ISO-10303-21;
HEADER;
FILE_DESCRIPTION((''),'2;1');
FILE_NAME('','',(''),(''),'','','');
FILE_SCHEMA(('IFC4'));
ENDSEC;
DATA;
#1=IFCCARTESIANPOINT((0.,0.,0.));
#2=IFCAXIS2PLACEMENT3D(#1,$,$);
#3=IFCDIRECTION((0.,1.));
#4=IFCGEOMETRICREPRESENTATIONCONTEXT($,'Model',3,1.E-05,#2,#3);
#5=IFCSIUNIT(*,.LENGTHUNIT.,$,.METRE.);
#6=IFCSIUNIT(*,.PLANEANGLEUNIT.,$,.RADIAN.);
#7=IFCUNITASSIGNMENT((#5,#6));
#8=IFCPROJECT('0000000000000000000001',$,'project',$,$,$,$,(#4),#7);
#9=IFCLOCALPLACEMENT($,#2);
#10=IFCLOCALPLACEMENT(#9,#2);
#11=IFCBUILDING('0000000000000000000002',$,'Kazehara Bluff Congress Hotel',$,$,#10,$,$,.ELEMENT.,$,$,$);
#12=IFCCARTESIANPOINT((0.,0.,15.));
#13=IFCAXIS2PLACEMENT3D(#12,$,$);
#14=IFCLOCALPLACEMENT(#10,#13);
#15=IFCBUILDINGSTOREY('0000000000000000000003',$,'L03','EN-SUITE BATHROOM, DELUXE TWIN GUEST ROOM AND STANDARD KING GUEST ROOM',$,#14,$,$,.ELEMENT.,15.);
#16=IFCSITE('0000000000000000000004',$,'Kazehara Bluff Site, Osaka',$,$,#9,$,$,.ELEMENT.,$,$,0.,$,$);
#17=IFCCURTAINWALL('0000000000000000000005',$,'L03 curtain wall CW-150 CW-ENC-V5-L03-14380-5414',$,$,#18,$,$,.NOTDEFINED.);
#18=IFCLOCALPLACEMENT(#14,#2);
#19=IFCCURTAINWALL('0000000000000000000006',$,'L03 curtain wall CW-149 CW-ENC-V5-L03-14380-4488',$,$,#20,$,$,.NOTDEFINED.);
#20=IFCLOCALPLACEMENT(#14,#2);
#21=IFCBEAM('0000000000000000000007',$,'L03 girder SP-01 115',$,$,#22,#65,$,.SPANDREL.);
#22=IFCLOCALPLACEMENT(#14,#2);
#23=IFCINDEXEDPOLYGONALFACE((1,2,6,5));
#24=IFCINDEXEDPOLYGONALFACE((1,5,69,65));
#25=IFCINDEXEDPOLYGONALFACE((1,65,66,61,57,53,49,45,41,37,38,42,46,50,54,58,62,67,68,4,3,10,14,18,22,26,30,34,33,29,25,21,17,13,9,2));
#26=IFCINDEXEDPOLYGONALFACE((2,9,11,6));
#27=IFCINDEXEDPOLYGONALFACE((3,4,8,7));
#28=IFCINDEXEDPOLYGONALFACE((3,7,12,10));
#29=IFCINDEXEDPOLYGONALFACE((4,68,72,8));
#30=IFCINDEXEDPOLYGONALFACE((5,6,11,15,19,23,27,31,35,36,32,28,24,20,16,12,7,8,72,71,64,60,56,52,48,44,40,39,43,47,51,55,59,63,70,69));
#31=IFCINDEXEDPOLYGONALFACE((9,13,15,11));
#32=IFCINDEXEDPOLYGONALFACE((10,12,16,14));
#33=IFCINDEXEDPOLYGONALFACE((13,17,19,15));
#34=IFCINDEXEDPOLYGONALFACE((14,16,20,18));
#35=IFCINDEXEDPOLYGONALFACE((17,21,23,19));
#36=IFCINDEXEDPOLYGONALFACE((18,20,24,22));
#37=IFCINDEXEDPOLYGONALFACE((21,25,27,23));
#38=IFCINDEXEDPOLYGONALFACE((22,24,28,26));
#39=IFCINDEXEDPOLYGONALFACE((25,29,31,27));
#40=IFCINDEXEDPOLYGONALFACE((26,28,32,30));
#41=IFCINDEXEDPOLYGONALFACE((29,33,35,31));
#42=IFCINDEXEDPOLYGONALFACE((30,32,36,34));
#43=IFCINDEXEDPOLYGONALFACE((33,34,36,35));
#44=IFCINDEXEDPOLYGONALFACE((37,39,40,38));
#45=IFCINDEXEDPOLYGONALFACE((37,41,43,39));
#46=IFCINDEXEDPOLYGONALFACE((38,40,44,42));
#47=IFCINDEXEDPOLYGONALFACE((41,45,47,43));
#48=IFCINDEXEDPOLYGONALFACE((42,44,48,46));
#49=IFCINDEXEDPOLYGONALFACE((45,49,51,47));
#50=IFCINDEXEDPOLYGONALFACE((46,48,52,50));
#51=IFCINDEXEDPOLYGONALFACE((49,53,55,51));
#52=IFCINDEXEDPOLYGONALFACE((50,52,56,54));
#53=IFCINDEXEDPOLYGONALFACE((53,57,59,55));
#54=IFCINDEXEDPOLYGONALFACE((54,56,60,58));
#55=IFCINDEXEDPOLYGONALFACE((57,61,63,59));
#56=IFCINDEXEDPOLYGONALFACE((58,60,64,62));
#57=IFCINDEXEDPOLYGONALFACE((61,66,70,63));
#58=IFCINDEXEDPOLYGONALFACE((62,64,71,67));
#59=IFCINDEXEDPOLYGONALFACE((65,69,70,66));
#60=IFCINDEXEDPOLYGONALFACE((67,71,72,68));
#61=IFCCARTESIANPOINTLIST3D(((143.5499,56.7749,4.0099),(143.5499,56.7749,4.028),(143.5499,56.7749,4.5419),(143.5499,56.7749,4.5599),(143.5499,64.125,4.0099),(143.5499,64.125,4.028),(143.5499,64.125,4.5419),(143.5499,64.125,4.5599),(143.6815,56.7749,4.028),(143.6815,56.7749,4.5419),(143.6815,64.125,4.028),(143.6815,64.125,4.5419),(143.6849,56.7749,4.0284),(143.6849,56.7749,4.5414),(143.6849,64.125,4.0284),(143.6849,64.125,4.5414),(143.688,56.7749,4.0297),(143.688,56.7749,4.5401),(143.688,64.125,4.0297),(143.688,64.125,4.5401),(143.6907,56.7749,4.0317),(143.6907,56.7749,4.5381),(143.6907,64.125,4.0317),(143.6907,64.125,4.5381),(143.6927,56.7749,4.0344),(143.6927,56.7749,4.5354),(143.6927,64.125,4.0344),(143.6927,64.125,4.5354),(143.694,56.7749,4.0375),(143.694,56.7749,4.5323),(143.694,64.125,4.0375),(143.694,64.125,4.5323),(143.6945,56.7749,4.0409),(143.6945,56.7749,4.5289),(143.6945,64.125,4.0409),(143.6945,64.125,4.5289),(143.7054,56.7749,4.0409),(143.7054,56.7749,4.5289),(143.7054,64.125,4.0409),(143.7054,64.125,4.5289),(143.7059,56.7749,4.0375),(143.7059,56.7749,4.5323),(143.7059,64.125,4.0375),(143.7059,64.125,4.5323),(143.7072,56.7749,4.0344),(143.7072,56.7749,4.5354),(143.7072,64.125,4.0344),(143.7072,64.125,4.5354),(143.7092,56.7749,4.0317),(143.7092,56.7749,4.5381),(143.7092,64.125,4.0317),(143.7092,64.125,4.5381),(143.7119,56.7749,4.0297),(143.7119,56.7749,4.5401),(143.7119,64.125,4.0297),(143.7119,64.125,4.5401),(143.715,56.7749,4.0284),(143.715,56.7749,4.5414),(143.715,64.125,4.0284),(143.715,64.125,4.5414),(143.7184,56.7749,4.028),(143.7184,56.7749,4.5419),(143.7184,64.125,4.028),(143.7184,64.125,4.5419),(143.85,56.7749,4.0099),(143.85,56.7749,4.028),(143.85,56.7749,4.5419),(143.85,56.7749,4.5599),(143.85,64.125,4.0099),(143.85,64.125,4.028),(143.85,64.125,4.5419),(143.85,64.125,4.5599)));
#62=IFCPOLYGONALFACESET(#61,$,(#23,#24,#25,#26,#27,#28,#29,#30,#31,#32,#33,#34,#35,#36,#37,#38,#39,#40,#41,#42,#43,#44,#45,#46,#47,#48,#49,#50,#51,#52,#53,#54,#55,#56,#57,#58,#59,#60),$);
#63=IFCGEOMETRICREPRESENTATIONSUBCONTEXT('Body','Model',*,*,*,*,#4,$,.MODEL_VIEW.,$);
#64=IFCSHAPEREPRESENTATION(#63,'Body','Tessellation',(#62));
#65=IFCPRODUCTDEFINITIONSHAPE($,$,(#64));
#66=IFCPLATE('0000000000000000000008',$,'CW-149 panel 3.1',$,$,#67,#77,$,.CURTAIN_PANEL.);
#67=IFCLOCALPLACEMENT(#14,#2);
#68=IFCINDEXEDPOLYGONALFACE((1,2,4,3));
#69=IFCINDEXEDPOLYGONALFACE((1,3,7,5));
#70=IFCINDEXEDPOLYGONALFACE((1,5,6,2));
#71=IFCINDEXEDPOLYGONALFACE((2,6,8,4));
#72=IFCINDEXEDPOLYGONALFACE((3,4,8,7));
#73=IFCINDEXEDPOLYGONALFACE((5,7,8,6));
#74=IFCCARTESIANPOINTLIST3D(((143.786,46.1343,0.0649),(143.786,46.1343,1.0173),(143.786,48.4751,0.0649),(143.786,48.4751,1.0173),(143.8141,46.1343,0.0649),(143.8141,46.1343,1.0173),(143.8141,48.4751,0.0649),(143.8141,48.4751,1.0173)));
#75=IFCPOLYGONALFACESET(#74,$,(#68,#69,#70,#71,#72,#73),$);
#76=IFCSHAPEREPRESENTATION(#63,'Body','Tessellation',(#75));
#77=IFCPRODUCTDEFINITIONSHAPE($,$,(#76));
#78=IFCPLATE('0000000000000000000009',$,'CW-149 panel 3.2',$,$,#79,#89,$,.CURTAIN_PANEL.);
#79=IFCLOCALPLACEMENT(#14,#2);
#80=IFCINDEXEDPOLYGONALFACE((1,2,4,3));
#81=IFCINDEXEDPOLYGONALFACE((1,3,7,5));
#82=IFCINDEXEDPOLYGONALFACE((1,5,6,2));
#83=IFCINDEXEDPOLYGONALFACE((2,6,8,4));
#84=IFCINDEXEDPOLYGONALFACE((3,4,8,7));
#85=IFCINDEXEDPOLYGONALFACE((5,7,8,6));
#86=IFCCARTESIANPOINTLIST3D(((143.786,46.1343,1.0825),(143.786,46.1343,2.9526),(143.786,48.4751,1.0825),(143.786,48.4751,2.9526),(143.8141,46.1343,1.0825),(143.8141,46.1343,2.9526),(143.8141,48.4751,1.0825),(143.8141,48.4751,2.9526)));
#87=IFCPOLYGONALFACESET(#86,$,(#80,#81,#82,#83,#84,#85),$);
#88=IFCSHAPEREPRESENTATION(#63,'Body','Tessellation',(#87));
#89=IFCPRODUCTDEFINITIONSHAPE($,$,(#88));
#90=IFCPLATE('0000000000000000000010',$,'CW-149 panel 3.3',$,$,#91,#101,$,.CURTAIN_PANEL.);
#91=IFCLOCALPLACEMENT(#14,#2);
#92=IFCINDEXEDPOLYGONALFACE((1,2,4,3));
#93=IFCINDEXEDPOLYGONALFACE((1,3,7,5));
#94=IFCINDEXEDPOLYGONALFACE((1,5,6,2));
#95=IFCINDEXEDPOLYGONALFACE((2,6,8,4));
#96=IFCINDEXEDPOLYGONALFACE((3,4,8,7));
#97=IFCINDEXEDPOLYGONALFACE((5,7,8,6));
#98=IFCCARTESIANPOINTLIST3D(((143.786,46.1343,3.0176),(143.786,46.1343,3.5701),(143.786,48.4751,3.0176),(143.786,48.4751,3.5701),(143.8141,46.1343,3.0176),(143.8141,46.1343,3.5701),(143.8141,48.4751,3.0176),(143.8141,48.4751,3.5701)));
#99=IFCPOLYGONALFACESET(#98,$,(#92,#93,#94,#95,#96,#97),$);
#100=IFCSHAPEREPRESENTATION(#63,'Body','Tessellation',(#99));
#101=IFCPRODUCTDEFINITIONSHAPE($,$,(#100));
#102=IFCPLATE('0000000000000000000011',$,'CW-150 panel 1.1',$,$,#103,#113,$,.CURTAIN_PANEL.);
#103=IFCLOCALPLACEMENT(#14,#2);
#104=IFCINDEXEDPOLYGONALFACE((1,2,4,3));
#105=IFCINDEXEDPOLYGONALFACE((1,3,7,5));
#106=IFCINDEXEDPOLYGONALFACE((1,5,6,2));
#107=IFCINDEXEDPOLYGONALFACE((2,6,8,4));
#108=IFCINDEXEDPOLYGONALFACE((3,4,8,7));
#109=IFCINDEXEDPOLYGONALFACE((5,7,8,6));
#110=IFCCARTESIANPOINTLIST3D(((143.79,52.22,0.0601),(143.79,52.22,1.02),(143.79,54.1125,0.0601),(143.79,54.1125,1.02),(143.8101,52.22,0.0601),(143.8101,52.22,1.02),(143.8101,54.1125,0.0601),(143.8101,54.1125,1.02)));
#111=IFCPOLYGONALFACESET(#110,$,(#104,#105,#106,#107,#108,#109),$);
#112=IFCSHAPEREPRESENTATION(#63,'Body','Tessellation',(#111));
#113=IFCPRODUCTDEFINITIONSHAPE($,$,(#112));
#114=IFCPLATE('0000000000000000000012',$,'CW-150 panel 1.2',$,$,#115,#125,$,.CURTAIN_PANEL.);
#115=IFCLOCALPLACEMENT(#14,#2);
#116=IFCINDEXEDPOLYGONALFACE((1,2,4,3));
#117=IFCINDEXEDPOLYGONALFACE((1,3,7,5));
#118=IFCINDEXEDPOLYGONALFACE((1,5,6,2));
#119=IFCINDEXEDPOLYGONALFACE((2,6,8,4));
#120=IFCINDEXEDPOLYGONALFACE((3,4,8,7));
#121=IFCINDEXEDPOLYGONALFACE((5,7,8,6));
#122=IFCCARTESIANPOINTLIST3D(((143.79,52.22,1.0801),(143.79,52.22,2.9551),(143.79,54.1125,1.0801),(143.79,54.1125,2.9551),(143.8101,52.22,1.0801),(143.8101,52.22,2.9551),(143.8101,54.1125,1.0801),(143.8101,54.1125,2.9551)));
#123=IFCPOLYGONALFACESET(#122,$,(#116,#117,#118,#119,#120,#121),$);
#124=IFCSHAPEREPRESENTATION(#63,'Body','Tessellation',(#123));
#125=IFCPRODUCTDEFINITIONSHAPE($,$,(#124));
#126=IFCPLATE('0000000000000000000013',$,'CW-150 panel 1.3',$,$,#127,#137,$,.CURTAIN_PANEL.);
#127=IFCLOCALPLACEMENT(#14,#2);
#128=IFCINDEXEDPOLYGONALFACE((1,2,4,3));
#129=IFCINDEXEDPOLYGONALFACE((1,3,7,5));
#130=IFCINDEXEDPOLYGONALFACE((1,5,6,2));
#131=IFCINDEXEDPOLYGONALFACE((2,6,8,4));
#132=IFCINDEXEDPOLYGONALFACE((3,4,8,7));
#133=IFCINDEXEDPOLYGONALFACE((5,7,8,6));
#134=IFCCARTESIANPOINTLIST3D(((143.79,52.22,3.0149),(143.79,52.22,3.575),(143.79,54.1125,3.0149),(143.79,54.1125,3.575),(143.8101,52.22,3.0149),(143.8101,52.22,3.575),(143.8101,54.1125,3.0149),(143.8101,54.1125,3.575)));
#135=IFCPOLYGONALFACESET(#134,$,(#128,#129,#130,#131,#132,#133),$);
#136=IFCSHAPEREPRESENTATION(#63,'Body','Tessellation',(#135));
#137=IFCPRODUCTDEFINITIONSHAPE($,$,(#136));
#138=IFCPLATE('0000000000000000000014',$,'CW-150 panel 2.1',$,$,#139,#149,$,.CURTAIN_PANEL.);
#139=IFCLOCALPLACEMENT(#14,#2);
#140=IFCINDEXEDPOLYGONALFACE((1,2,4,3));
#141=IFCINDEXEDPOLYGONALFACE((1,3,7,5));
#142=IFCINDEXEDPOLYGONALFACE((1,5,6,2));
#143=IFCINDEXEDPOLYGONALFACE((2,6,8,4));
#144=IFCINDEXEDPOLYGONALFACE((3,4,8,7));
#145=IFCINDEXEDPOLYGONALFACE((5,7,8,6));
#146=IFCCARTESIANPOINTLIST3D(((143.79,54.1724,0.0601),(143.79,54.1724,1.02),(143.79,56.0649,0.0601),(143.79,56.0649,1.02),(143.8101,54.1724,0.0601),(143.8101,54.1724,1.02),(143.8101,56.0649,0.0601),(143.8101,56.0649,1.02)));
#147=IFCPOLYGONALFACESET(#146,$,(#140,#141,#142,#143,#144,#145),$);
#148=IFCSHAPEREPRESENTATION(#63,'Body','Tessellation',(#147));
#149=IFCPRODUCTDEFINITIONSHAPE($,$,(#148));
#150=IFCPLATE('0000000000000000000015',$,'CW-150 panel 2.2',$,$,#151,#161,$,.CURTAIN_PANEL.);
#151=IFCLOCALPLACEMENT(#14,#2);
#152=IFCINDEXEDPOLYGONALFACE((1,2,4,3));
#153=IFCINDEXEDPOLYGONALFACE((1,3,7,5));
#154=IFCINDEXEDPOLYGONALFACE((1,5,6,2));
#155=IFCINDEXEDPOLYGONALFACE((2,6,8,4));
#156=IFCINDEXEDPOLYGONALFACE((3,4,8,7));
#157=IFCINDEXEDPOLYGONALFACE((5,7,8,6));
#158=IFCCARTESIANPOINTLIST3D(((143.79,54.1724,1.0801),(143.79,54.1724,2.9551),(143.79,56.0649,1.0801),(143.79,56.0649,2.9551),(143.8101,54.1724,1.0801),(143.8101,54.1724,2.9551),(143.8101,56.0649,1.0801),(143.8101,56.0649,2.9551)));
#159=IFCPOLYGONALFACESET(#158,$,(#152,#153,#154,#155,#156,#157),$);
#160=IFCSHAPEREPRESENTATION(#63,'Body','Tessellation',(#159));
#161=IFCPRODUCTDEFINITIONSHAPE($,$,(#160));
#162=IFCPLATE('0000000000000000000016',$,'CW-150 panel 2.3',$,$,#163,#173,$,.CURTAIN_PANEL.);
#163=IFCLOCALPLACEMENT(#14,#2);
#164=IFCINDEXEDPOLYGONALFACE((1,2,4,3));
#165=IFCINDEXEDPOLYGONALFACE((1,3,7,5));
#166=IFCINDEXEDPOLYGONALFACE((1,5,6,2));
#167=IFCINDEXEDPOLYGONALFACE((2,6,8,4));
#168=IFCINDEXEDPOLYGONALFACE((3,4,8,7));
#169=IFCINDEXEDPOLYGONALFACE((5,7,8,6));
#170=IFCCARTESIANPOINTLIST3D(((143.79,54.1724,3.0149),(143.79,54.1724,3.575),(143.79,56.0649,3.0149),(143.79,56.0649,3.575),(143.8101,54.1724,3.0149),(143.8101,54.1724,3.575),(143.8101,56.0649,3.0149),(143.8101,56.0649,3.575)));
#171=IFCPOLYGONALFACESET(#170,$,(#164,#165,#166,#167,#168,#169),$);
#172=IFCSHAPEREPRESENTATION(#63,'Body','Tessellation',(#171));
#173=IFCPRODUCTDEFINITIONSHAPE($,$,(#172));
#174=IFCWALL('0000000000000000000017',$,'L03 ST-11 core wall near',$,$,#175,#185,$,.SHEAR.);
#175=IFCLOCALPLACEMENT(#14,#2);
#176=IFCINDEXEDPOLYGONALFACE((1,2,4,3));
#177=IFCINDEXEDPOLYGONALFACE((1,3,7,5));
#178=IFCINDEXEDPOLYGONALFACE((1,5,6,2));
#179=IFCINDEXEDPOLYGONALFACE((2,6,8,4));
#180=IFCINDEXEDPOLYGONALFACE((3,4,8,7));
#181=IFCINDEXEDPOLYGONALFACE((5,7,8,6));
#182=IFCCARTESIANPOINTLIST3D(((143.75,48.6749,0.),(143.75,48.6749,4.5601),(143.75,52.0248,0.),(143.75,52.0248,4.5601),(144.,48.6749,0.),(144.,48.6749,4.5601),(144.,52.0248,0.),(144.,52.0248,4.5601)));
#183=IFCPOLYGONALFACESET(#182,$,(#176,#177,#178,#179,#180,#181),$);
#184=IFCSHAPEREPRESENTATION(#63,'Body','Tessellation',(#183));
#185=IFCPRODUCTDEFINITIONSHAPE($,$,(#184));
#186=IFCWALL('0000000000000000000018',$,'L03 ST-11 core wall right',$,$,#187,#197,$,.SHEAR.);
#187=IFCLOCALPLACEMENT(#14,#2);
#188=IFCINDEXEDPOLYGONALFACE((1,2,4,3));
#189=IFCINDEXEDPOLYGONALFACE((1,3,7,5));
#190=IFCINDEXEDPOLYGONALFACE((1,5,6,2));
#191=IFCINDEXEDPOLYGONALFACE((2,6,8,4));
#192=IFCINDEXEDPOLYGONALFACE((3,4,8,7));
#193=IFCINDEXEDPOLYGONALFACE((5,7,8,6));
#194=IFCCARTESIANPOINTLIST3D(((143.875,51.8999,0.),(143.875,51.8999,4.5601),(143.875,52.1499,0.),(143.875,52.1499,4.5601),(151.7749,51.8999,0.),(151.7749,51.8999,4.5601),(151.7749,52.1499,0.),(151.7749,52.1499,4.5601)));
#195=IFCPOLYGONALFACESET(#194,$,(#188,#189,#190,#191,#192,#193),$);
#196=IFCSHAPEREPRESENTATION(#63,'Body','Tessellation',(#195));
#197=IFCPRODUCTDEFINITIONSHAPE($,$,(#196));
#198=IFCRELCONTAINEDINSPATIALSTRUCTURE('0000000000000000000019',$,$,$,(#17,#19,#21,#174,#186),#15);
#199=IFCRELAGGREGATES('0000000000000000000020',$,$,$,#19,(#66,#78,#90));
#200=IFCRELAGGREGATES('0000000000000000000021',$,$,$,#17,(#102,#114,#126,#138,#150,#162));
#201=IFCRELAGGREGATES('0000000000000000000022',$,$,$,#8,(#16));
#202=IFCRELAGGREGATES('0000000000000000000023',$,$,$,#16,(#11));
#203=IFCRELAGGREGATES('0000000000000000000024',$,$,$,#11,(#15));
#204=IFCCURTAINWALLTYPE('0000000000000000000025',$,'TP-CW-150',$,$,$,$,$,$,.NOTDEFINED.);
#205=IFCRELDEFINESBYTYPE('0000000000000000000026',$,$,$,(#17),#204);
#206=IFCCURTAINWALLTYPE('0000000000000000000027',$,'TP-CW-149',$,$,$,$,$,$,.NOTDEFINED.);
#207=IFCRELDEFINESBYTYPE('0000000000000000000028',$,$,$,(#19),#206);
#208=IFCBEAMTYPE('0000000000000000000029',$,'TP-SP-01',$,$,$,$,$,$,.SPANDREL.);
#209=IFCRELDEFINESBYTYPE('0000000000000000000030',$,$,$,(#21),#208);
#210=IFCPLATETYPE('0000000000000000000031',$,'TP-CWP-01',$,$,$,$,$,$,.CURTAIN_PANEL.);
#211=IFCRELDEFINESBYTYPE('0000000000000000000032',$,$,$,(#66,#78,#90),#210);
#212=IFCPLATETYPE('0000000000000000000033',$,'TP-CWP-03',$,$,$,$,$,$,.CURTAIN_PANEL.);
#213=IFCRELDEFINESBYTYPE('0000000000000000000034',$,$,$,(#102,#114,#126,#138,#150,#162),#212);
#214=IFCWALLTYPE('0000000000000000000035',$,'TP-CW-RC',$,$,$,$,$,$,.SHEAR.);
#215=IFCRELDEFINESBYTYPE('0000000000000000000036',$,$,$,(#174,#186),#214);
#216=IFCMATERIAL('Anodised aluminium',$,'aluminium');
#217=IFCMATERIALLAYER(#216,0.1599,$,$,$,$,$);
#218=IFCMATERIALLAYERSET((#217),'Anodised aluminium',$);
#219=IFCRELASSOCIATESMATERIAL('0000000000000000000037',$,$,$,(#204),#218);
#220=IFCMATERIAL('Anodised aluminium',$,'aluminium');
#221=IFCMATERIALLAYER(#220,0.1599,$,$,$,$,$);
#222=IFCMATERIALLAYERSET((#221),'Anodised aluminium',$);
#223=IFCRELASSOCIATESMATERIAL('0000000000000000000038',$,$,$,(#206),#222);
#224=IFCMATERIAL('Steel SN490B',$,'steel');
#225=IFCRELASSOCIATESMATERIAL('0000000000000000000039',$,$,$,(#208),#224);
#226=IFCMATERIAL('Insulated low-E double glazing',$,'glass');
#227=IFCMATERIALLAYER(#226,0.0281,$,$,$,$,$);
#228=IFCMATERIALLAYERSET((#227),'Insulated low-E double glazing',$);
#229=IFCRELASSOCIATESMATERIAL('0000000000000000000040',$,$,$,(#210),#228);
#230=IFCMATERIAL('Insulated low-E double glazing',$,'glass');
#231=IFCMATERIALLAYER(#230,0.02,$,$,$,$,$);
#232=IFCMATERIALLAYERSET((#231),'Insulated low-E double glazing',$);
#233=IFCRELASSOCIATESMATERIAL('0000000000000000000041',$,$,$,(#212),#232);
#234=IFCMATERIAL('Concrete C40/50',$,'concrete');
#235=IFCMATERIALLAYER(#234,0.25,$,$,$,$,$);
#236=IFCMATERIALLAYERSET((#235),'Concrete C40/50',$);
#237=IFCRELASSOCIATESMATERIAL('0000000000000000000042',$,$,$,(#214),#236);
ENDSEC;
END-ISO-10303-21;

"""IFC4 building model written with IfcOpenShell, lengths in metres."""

from ifc_helpers import new_model, si_unit, direction, frame, frame_2d, origin, origin_2d, place, context, subcontext, project, spatial, rectangle, i_section, extrude, material, layer, layer_set, material_profile, profile_set, type_object, element, aggregate, save


model = new_model("IFC4")

# Units and contexts
model_context = context("Model", 3, precision=1e-05, world=origin(), true_north=direction((0.0, 1.0)))
body_context = subcontext(model_context, "Body", "Model", "MODEL_VIEW")
ifc_project = project(units=[si_unit("LENGTHUNIT", "METRE"), si_unit("PLANEANGLEUNIT", "RADIAN")], contexts=[model_context])

# Site, building, storey
site_placement = place(None, origin())
site = spatial("IfcSite", under=ifc_project, at=site_placement, Name="Kazehara Bluff Site, Osaka", CompositionType="ELEMENT", RefElevation=0.0)
building_placement = place(site_placement, origin())
building = spatial("IfcBuilding", under=site, at=building_placement, Name="Kazehara Bluff Congress Hotel", CompositionType="ELEMENT")
storey_placement = place(building_placement, frame((0.0, 0.0, 15.0)))
storey = spatial("IfcBuildingStorey", under=building, at=storey_placement, Name="L03", Description="EN-SUITE BATHROOM, DELUXE TWIN GUEST ROOM AND STANDARD KING GUEST ROOM", CompositionType="ELEMENT", Elevation=15.0)

# Curtain wall
ifc_material_1 = material(Name="Anodised aluminium", Category="aluminium")
ifc_layer_1 = layer(ifc_material_1, 0.1599)
ifc_layer_set_1 = layer_set([ifc_layer_1], Name="Anodised aluminium")
curtain_wall_type_1 = type_object("IfcCurtainWallType", Name="TP-CW-150", PredefinedType="NOTDEFINED", material=ifc_layer_set_1)
curtain_wall_1_placement = place(storey_placement, origin())
curtain_wall_1 = element("IfcCurtainWall", 1, at=curtain_wall_1_placement, inside=storey, type_object=curtain_wall_type_1, Name="L03 curtain wall CW-150 CW-ENC-V5-L03-14380-5414", PredefinedType="NOTDEFINED")

# Curtain wall
ifc_material_2 = material(Name="Anodised aluminium", Category="aluminium")
ifc_layer_2 = layer(ifc_material_2, 0.1599)
ifc_layer_set_2 = layer_set([ifc_layer_2], Name="Anodised aluminium")
curtain_wall_type_2 = type_object("IfcCurtainWallType", Name="TP-CW-149", PredefinedType="NOTDEFINED", material=ifc_layer_set_2)
curtain_wall_2_placement = place(storey_placement, origin())
curtain_wall_2 = element("IfcCurtainWall", 2, at=curtain_wall_2_placement, inside=storey, type_object=curtain_wall_type_2, Name="L03 curtain wall CW-149 CW-ENC-V5-L03-14380-4488", PredefinedType="NOTDEFINED")

# Beam
ifc_material_3 = material(Name="Steel SN490B", Category="steel")
ifc_material_profile_1 = material_profile(ifc_material_3, i_section(OverallWidth=0.3, OverallDepth=0.55, WebThickness=0.011, FlangeThickness=0.0181, FilletRadius=0.0129, at=origin_2d()))
ifc_profile_set_1 = profile_set([ifc_material_profile_1], Name="Steel SN490B")
beam_type_1 = type_object("IfcBeamType", Name="TP-SP-01", PredefinedType="SPANDREL", material=ifc_profile_set_1)
beam_1_placement = place(storey_placement, frame((143.7, 56.7749, 4.2849), z_axis=(0.0, 1.0, 0.0), x_axis=(-1.0, 0.0, 0.0)))
element("IfcBeam", 3, at=beam_1_placement, inside=storey, type_object=beam_type_1, Name="L03 girder SP-01 115", PredefinedType="SPANDREL", context=body_context, shape_type="SweptSolid", body=[
    extrude(i_section(OverallWidth=0.3, OverallDepth=0.55, WebThickness=0.011, FlangeThickness=0.0181, FilletRadius=0.0129, at=origin_2d()), origin(), (0.0, 0.0, 1.0), 7.3501),
])

# Plates
ifc_material_4 = material(Name="Insulated low-E double glazing", Category="glass")
ifc_layer_3 = layer(ifc_material_4, 0.0281)
ifc_layer_set_3 = layer_set([ifc_layer_3], Name="Insulated low-E double glazing")
plate_type_1 = type_object("IfcPlateType", Name="TP-CWP-01", PredefinedType="CURTAIN_PANEL", material=ifc_layer_set_3)
plate_1_placement = place(storey_placement, frame((143.8, 47.3047, 0.0649), z_axis=(0.0, 0.0, 1.0), x_axis=(0.0, 1.0, 0.0)))
plate_1 = element("IfcPlate", 4, at=plate_1_placement, type_object=plate_type_1, Name="CW-149 panel 3.1", PredefinedType="CURTAIN_PANEL", context=body_context, shape_type="SweptSolid", body=[
    extrude(rectangle(XDim=2.3408, YDim=0.0281, at=origin_2d()), origin(), (0.0, 0.0, 1.0), 0.9524),
])
plate_2_placement = place(storey_placement, frame((143.8, 47.3047, 1.0825), z_axis=(0.0, 0.0, 1.0), x_axis=(0.0, 1.0, 0.0)))
plate_2 = element("IfcPlate", 5, at=plate_2_placement, type_object=plate_type_1, Name="CW-149 panel 3.2", PredefinedType="CURTAIN_PANEL", context=body_context, shape_type="SweptSolid", body=[
    extrude(rectangle(XDim=2.3408, YDim=0.0281, at=origin_2d()), origin(), (0.0, 0.0, 1.0), 1.8701),
])
plate_3_placement = place(storey_placement, frame((143.8, 47.3047, 3.0176), z_axis=(0.0, 0.0, 1.0), x_axis=(0.0, 1.0, 0.0)))
plate_3 = element("IfcPlate", 6, at=plate_3_placement, type_object=plate_type_1, Name="CW-149 panel 3.3", PredefinedType="CURTAIN_PANEL", context=body_context, shape_type="SweptSolid", body=[
    extrude(rectangle(XDim=2.3408, YDim=0.0281, at=origin_2d()), origin(), (0.0, 0.0, 1.0), 0.5525),
])
aggregate(curtain_wall_2, [plate_1, plate_2, plate_3])
ifc_material_5 = material(Name="Insulated low-E double glazing", Category="glass")
ifc_layer_4 = layer(ifc_material_5, 0.02)
ifc_layer_set_4 = layer_set([ifc_layer_4], Name="Insulated low-E double glazing")
plate_type_2 = type_object("IfcPlateType", Name="TP-CWP-03", PredefinedType="CURTAIN_PANEL", material=ifc_layer_set_4)
plate_4_placement = place(storey_placement, frame((143.8, 53.1663, 0.0601), z_axis=(0.0, 0.0, 1.0), x_axis=(0.0, 1.0, 0.0)))
plate_4 = element("IfcPlate", 7, at=plate_4_placement, type_object=plate_type_2, Name="CW-150 panel 1.1", PredefinedType="CURTAIN_PANEL", context=body_context, shape_type="SweptSolid", body=[
    extrude(rectangle(XDim=1.8926, YDim=0.02, at=origin_2d()), origin(), (0.0, 0.0, 1.0), 0.96),
])
plate_5_placement = place(storey_placement, frame((143.8, 53.1663, 1.0801), z_axis=(0.0, 0.0, 1.0), x_axis=(0.0, 1.0, 0.0)))
plate_5 = element("IfcPlate", 8, at=plate_5_placement, type_object=plate_type_2, Name="CW-150 panel 1.2", PredefinedType="CURTAIN_PANEL", context=body_context, shape_type="SweptSolid", body=[
    extrude(rectangle(XDim=1.8926, YDim=0.02, at=origin_2d()), origin(), (0.0, 0.0, 1.0), 1.875),
])
plate_6_placement = place(storey_placement, frame((143.8, 53.1663, 3.0149), z_axis=(0.0, 0.0, 1.0), x_axis=(0.0, 1.0, 0.0)))
plate_6 = element("IfcPlate", 9, at=plate_6_placement, type_object=plate_type_2, Name="CW-150 panel 1.3", PredefinedType="CURTAIN_PANEL", context=body_context, shape_type="SweptSolid", body=[
    extrude(rectangle(XDim=1.8926, YDim=0.02, at=origin_2d()), origin(), (0.0, 0.0, 1.0), 0.5601),
])
plate_7_placement = place(storey_placement, frame((143.8, 55.1187, 0.0601), z_axis=(0.0, 0.0, 1.0), x_axis=(0.0, 1.0, 0.0)))
plate_7 = element("IfcPlate", 10, at=plate_7_placement, type_object=plate_type_2, Name="CW-150 panel 2.1", PredefinedType="CURTAIN_PANEL", context=body_context, shape_type="SweptSolid", body=[
    extrude(rectangle(XDim=1.8926, YDim=0.02, at=origin_2d()), origin(), (0.0, 0.0, 1.0), 0.96),
])
plate_8_placement = place(storey_placement, frame((143.8, 55.1187, 1.0801), z_axis=(0.0, 0.0, 1.0), x_axis=(0.0, 1.0, 0.0)))
plate_8 = element("IfcPlate", 11, at=plate_8_placement, type_object=plate_type_2, Name="CW-150 panel 2.2", PredefinedType="CURTAIN_PANEL", context=body_context, shape_type="SweptSolid", body=[
    extrude(rectangle(XDim=1.8926, YDim=0.02, at=origin_2d()), origin(), (0.0, 0.0, 1.0), 1.875),
])
plate_9_placement = place(storey_placement, frame((143.8, 55.1187, 3.0149), z_axis=(0.0, 0.0, 1.0), x_axis=(0.0, 1.0, 0.0)))
plate_9 = element("IfcPlate", 12, at=plate_9_placement, type_object=plate_type_2, Name="CW-150 panel 2.3", PredefinedType="CURTAIN_PANEL", context=body_context, shape_type="SweptSolid", body=[
    extrude(rectangle(XDim=1.8926, YDim=0.02, at=origin_2d()), origin(), (0.0, 0.0, 1.0), 0.5601),
])
aggregate(curtain_wall_1, [plate_4, plate_5, plate_6, plate_7, plate_8, plate_9])

# Walls
ifc_material_6 = material(Name="Concrete C40/50", Category="concrete")
ifc_layer_5 = layer(ifc_material_6, 0.25)
ifc_layer_set_5 = layer_set([ifc_layer_5], Name="Concrete C40/50")
wall_type_1 = type_object("IfcWallType", Name="TP-CW-RC", PredefinedType="SHEAR", material=ifc_layer_set_5)
wall_1_placement = place(storey_placement, frame((143.875, 48.675, 0.0), z_axis=(0.0, 0.0, 1.0), x_axis=(0.0, 1.0, 0.0)))
element("IfcWall", 13, at=wall_1_placement, inside=storey, type_object=wall_type_1, Name="L03 ST-11 core wall near", PredefinedType="SHEAR", context=body_context, shape_type="SweptSolid", body=[
    extrude(rectangle(XDim=3.3499, YDim=0.25, at=frame_2d((1.6748, 0.0))), origin(), (0.0, 0.0, 1.0), 4.5601),
])
wall_2_placement = place(storey_placement, frame((143.875, 52.0249, 0.0), z_axis=(0.0, 0.0, 1.0), x_axis=(1.0, 0.0, 0.0)))
element("IfcWall", 14, at=wall_2_placement, inside=storey, type_object=wall_type_1, Name="L03 ST-11 core wall right", PredefinedType="SHEAR", context=body_context, shape_type="SweptSolid", body=[
    extrude(rectangle(XDim=7.8999, YDim=0.25, at=frame_2d((3.95, 0.0))), origin(), (0.0, 0.0, 1.0), 4.5601),
])

save(model, "model.ifc")
